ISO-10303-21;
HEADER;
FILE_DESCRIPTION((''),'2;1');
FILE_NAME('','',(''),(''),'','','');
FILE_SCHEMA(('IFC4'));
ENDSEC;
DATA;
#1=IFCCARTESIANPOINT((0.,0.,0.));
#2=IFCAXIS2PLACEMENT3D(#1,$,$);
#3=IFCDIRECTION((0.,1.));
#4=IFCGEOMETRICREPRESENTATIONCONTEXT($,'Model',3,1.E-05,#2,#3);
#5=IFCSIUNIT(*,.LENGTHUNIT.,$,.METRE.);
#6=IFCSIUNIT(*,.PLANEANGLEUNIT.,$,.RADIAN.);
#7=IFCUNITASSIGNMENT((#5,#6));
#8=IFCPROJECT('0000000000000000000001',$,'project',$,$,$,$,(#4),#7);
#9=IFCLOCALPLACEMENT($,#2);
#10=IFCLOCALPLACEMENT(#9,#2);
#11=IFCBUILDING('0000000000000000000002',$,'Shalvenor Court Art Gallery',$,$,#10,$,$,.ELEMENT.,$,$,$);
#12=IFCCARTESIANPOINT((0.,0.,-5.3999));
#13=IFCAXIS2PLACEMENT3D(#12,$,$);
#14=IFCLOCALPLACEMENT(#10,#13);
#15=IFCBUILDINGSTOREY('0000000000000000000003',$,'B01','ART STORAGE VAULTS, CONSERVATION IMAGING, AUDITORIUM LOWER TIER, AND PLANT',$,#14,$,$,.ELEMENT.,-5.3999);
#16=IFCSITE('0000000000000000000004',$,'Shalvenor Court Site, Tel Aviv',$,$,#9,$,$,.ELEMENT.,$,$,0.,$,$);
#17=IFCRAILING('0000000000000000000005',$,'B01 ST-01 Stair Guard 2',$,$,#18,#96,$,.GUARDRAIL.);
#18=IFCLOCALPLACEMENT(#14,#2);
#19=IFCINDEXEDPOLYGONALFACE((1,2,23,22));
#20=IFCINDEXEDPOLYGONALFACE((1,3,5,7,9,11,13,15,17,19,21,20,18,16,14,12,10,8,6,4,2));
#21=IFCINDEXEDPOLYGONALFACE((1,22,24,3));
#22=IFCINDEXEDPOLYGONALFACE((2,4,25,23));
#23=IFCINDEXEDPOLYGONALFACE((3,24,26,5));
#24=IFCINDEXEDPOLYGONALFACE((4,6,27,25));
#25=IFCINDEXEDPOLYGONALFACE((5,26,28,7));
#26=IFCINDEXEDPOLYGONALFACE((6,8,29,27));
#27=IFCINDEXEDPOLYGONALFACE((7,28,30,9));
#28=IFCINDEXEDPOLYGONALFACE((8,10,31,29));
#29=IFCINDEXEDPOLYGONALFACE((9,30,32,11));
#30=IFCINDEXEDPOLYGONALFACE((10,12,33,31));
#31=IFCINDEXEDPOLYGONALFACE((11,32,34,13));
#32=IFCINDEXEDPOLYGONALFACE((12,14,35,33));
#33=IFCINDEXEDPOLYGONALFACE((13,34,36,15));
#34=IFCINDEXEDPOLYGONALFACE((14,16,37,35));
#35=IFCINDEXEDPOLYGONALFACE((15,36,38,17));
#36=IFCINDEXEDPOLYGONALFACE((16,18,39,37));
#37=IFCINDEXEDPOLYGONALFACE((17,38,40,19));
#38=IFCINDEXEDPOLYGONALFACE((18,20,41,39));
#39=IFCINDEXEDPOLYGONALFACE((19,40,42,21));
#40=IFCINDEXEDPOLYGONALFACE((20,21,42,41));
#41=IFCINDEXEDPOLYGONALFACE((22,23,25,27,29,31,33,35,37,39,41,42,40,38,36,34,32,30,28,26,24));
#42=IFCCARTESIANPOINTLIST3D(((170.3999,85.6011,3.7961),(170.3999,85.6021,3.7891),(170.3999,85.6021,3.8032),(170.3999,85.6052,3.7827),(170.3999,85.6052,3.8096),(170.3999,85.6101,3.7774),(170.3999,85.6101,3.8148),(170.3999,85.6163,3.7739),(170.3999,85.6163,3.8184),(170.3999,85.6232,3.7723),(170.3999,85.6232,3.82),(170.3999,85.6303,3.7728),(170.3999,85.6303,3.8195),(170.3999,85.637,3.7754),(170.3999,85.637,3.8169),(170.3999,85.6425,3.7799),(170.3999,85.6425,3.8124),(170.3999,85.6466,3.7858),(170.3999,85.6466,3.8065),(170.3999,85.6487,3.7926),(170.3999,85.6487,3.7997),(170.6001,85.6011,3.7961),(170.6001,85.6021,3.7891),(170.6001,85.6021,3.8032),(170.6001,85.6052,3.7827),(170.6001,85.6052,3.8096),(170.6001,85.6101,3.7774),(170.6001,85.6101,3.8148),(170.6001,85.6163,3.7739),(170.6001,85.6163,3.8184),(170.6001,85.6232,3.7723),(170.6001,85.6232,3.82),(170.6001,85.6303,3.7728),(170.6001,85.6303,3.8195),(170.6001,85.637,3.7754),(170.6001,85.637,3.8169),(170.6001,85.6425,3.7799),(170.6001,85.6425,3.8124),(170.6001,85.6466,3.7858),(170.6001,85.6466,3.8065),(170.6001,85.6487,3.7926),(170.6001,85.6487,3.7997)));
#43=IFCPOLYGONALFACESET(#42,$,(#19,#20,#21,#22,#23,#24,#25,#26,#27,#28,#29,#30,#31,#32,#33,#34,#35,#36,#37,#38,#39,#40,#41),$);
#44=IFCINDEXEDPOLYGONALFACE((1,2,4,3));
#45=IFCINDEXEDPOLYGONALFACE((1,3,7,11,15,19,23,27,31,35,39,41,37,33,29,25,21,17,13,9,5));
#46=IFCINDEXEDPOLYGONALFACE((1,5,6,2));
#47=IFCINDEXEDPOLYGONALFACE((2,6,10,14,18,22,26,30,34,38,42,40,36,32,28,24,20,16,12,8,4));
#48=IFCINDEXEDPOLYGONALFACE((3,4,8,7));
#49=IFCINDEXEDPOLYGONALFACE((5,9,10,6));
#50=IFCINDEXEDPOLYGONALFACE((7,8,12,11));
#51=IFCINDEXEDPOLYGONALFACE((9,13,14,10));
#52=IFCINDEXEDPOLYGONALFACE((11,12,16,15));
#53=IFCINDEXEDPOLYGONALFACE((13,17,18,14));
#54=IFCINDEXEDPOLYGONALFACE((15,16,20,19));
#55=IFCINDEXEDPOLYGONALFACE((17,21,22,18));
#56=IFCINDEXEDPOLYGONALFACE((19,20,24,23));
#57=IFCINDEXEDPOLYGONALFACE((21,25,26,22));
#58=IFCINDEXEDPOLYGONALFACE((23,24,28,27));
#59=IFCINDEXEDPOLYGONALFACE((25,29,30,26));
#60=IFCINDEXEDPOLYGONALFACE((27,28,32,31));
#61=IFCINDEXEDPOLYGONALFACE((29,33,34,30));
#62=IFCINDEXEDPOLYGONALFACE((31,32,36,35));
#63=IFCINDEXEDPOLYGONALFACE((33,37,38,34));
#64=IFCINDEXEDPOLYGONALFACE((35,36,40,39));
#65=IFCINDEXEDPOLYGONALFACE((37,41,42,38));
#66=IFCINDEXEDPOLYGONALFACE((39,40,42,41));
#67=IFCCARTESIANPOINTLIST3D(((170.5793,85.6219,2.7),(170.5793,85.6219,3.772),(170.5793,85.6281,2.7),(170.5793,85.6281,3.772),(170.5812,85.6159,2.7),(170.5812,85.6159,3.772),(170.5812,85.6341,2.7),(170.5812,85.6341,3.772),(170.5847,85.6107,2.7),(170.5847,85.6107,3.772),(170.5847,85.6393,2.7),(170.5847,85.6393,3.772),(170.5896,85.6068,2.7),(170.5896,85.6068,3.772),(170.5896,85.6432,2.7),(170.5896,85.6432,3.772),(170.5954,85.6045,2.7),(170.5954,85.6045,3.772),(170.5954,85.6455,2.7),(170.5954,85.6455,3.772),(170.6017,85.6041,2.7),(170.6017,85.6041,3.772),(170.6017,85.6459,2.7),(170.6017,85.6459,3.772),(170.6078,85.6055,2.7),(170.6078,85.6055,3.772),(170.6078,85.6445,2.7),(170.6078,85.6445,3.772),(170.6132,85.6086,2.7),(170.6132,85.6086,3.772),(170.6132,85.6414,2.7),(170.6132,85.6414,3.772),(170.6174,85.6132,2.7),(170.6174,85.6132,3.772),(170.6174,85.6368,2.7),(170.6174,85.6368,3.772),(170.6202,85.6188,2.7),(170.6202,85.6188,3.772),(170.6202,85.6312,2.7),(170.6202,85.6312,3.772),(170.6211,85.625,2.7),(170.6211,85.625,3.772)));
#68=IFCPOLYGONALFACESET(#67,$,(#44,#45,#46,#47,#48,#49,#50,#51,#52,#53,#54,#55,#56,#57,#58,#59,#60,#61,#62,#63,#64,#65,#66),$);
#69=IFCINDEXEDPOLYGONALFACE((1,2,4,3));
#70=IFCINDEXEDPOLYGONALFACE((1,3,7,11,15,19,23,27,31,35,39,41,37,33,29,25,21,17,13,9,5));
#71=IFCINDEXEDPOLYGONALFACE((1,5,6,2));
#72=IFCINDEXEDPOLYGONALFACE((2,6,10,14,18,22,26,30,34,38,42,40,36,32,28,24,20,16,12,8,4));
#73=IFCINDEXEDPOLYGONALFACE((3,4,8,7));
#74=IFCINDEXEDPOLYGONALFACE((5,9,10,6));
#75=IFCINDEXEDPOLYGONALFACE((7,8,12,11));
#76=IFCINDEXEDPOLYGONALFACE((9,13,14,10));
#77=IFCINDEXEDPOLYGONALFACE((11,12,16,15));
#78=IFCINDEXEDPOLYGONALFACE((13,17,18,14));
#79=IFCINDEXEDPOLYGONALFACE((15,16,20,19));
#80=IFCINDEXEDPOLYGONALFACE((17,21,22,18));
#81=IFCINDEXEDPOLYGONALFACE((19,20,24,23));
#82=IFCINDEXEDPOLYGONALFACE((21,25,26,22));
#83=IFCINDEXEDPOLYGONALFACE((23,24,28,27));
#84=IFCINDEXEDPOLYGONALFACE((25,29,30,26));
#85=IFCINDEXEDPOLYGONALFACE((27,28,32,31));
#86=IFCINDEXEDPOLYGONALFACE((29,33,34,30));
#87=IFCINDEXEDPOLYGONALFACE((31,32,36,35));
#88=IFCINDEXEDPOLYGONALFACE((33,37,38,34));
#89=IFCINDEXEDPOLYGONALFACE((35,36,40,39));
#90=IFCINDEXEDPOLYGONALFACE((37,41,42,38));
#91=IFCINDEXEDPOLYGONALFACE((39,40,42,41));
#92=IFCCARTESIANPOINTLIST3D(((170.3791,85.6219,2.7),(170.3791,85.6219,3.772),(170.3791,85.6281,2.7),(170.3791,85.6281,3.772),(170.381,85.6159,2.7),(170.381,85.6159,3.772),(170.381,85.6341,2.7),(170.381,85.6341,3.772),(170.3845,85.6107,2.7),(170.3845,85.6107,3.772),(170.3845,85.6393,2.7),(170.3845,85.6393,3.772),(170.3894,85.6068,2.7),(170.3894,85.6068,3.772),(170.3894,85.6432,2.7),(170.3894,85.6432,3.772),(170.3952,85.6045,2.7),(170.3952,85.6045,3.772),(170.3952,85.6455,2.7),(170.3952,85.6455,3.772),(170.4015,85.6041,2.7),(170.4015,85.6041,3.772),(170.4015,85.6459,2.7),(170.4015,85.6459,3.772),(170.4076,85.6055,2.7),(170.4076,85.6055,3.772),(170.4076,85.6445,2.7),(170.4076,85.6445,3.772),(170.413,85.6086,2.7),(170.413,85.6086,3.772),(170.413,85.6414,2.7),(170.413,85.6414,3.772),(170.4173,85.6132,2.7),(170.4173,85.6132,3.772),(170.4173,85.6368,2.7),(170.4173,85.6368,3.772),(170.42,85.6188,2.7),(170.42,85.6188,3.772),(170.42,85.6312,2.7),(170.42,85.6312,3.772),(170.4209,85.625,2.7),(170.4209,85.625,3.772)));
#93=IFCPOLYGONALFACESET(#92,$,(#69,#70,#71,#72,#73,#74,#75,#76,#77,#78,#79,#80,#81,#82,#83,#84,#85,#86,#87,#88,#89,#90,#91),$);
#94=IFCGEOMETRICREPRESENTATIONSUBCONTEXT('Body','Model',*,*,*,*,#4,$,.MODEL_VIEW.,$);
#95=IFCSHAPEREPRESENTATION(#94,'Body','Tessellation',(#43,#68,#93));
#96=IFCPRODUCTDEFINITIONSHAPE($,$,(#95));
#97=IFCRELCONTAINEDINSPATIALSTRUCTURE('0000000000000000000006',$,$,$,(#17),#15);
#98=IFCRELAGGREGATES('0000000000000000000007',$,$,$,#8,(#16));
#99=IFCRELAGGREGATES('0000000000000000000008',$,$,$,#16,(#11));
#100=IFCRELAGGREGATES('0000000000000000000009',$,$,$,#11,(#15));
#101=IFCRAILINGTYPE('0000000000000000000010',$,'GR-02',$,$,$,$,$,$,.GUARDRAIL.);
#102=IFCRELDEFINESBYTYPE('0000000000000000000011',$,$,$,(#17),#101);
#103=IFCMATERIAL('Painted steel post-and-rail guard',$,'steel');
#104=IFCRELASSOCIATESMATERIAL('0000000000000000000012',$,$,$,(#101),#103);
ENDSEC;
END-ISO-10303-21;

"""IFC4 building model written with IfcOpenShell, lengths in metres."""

from ifc_helpers import new_model, si_unit, direction, frame, origin, origin_2d, place, context, subcontext, project, spatial, circle, extrude, material, type_object, element, save


model = new_model("IFC4")

# Units and contexts
model_context = context("Model", 3, precision=1e-05, world=origin(), true_north=direction((0.0, 1.0)))
body_context = subcontext(model_context, "Body", "Model", "MODEL_VIEW")
ifc_project = project(units=[si_unit("LENGTHUNIT", "METRE"), si_unit("PLANEANGLEUNIT", "RADIAN")], contexts=[model_context])

# Site, building, storey
site_placement = place(None, origin())
site = spatial("IfcSite", under=ifc_project, at=site_placement, Name="Shalvenor Court Site, Tel Aviv", CompositionType="ELEMENT", RefElevation=0.0)
building_placement = place(site_placement, origin())
building = spatial("IfcBuilding", under=site, at=building_placement, Name="Shalvenor Court Art Gallery", CompositionType="ELEMENT")
storey_placement = place(building_placement, frame((0.0, 0.0, -5.3999)))
storey = spatial("IfcBuildingStorey", under=building, at=storey_placement, Name="B01", Description="ART STORAGE VAULTS, CONSERVATION IMAGING, AUDITORIUM LOWER TIER, AND PLANT", CompositionType="ELEMENT", Elevation=-5.3999)

# Railing
ifc_material_1 = material(Name="Painted steel post-and-rail guard", Category="steel")
railing_type_1 = type_object("IfcRailingType", Name="GR-02", PredefinedType="GUARDRAIL", material=ifc_material_1)
railing_1_placement = place(storey_placement, frame((170.6001, 85.625, 2.7)))
element("IfcRailing", 1, at=railing_1_placement, inside=storey, type_object=railing_type_1, Name="B01 ST-01 Stair Guard 2", PredefinedType="GUARDRAIL", context=body_context, shape_type="SweptSolid", body=[
    extrude(circle(Radius=0.0239, at=origin_2d()), frame((0.0, 0.0, 1.0962), z_axis=(-1.0, 0.0, 0.0), x_axis=(0.0, -1.0, 0.0)), (0.0, 0.0, 1.0), 0.2002),
    extrude(circle(Radius=0.021, at=origin_2d()), origin(), (0.0, 0.0, 1.0), 1.072),
    extrude(circle(Radius=0.021, at=origin_2d()), frame((-0.2002, 0.0, 0.0)), (0.0, 0.0, 1.0), 1.072),
])

save(model, "model.ifc")
